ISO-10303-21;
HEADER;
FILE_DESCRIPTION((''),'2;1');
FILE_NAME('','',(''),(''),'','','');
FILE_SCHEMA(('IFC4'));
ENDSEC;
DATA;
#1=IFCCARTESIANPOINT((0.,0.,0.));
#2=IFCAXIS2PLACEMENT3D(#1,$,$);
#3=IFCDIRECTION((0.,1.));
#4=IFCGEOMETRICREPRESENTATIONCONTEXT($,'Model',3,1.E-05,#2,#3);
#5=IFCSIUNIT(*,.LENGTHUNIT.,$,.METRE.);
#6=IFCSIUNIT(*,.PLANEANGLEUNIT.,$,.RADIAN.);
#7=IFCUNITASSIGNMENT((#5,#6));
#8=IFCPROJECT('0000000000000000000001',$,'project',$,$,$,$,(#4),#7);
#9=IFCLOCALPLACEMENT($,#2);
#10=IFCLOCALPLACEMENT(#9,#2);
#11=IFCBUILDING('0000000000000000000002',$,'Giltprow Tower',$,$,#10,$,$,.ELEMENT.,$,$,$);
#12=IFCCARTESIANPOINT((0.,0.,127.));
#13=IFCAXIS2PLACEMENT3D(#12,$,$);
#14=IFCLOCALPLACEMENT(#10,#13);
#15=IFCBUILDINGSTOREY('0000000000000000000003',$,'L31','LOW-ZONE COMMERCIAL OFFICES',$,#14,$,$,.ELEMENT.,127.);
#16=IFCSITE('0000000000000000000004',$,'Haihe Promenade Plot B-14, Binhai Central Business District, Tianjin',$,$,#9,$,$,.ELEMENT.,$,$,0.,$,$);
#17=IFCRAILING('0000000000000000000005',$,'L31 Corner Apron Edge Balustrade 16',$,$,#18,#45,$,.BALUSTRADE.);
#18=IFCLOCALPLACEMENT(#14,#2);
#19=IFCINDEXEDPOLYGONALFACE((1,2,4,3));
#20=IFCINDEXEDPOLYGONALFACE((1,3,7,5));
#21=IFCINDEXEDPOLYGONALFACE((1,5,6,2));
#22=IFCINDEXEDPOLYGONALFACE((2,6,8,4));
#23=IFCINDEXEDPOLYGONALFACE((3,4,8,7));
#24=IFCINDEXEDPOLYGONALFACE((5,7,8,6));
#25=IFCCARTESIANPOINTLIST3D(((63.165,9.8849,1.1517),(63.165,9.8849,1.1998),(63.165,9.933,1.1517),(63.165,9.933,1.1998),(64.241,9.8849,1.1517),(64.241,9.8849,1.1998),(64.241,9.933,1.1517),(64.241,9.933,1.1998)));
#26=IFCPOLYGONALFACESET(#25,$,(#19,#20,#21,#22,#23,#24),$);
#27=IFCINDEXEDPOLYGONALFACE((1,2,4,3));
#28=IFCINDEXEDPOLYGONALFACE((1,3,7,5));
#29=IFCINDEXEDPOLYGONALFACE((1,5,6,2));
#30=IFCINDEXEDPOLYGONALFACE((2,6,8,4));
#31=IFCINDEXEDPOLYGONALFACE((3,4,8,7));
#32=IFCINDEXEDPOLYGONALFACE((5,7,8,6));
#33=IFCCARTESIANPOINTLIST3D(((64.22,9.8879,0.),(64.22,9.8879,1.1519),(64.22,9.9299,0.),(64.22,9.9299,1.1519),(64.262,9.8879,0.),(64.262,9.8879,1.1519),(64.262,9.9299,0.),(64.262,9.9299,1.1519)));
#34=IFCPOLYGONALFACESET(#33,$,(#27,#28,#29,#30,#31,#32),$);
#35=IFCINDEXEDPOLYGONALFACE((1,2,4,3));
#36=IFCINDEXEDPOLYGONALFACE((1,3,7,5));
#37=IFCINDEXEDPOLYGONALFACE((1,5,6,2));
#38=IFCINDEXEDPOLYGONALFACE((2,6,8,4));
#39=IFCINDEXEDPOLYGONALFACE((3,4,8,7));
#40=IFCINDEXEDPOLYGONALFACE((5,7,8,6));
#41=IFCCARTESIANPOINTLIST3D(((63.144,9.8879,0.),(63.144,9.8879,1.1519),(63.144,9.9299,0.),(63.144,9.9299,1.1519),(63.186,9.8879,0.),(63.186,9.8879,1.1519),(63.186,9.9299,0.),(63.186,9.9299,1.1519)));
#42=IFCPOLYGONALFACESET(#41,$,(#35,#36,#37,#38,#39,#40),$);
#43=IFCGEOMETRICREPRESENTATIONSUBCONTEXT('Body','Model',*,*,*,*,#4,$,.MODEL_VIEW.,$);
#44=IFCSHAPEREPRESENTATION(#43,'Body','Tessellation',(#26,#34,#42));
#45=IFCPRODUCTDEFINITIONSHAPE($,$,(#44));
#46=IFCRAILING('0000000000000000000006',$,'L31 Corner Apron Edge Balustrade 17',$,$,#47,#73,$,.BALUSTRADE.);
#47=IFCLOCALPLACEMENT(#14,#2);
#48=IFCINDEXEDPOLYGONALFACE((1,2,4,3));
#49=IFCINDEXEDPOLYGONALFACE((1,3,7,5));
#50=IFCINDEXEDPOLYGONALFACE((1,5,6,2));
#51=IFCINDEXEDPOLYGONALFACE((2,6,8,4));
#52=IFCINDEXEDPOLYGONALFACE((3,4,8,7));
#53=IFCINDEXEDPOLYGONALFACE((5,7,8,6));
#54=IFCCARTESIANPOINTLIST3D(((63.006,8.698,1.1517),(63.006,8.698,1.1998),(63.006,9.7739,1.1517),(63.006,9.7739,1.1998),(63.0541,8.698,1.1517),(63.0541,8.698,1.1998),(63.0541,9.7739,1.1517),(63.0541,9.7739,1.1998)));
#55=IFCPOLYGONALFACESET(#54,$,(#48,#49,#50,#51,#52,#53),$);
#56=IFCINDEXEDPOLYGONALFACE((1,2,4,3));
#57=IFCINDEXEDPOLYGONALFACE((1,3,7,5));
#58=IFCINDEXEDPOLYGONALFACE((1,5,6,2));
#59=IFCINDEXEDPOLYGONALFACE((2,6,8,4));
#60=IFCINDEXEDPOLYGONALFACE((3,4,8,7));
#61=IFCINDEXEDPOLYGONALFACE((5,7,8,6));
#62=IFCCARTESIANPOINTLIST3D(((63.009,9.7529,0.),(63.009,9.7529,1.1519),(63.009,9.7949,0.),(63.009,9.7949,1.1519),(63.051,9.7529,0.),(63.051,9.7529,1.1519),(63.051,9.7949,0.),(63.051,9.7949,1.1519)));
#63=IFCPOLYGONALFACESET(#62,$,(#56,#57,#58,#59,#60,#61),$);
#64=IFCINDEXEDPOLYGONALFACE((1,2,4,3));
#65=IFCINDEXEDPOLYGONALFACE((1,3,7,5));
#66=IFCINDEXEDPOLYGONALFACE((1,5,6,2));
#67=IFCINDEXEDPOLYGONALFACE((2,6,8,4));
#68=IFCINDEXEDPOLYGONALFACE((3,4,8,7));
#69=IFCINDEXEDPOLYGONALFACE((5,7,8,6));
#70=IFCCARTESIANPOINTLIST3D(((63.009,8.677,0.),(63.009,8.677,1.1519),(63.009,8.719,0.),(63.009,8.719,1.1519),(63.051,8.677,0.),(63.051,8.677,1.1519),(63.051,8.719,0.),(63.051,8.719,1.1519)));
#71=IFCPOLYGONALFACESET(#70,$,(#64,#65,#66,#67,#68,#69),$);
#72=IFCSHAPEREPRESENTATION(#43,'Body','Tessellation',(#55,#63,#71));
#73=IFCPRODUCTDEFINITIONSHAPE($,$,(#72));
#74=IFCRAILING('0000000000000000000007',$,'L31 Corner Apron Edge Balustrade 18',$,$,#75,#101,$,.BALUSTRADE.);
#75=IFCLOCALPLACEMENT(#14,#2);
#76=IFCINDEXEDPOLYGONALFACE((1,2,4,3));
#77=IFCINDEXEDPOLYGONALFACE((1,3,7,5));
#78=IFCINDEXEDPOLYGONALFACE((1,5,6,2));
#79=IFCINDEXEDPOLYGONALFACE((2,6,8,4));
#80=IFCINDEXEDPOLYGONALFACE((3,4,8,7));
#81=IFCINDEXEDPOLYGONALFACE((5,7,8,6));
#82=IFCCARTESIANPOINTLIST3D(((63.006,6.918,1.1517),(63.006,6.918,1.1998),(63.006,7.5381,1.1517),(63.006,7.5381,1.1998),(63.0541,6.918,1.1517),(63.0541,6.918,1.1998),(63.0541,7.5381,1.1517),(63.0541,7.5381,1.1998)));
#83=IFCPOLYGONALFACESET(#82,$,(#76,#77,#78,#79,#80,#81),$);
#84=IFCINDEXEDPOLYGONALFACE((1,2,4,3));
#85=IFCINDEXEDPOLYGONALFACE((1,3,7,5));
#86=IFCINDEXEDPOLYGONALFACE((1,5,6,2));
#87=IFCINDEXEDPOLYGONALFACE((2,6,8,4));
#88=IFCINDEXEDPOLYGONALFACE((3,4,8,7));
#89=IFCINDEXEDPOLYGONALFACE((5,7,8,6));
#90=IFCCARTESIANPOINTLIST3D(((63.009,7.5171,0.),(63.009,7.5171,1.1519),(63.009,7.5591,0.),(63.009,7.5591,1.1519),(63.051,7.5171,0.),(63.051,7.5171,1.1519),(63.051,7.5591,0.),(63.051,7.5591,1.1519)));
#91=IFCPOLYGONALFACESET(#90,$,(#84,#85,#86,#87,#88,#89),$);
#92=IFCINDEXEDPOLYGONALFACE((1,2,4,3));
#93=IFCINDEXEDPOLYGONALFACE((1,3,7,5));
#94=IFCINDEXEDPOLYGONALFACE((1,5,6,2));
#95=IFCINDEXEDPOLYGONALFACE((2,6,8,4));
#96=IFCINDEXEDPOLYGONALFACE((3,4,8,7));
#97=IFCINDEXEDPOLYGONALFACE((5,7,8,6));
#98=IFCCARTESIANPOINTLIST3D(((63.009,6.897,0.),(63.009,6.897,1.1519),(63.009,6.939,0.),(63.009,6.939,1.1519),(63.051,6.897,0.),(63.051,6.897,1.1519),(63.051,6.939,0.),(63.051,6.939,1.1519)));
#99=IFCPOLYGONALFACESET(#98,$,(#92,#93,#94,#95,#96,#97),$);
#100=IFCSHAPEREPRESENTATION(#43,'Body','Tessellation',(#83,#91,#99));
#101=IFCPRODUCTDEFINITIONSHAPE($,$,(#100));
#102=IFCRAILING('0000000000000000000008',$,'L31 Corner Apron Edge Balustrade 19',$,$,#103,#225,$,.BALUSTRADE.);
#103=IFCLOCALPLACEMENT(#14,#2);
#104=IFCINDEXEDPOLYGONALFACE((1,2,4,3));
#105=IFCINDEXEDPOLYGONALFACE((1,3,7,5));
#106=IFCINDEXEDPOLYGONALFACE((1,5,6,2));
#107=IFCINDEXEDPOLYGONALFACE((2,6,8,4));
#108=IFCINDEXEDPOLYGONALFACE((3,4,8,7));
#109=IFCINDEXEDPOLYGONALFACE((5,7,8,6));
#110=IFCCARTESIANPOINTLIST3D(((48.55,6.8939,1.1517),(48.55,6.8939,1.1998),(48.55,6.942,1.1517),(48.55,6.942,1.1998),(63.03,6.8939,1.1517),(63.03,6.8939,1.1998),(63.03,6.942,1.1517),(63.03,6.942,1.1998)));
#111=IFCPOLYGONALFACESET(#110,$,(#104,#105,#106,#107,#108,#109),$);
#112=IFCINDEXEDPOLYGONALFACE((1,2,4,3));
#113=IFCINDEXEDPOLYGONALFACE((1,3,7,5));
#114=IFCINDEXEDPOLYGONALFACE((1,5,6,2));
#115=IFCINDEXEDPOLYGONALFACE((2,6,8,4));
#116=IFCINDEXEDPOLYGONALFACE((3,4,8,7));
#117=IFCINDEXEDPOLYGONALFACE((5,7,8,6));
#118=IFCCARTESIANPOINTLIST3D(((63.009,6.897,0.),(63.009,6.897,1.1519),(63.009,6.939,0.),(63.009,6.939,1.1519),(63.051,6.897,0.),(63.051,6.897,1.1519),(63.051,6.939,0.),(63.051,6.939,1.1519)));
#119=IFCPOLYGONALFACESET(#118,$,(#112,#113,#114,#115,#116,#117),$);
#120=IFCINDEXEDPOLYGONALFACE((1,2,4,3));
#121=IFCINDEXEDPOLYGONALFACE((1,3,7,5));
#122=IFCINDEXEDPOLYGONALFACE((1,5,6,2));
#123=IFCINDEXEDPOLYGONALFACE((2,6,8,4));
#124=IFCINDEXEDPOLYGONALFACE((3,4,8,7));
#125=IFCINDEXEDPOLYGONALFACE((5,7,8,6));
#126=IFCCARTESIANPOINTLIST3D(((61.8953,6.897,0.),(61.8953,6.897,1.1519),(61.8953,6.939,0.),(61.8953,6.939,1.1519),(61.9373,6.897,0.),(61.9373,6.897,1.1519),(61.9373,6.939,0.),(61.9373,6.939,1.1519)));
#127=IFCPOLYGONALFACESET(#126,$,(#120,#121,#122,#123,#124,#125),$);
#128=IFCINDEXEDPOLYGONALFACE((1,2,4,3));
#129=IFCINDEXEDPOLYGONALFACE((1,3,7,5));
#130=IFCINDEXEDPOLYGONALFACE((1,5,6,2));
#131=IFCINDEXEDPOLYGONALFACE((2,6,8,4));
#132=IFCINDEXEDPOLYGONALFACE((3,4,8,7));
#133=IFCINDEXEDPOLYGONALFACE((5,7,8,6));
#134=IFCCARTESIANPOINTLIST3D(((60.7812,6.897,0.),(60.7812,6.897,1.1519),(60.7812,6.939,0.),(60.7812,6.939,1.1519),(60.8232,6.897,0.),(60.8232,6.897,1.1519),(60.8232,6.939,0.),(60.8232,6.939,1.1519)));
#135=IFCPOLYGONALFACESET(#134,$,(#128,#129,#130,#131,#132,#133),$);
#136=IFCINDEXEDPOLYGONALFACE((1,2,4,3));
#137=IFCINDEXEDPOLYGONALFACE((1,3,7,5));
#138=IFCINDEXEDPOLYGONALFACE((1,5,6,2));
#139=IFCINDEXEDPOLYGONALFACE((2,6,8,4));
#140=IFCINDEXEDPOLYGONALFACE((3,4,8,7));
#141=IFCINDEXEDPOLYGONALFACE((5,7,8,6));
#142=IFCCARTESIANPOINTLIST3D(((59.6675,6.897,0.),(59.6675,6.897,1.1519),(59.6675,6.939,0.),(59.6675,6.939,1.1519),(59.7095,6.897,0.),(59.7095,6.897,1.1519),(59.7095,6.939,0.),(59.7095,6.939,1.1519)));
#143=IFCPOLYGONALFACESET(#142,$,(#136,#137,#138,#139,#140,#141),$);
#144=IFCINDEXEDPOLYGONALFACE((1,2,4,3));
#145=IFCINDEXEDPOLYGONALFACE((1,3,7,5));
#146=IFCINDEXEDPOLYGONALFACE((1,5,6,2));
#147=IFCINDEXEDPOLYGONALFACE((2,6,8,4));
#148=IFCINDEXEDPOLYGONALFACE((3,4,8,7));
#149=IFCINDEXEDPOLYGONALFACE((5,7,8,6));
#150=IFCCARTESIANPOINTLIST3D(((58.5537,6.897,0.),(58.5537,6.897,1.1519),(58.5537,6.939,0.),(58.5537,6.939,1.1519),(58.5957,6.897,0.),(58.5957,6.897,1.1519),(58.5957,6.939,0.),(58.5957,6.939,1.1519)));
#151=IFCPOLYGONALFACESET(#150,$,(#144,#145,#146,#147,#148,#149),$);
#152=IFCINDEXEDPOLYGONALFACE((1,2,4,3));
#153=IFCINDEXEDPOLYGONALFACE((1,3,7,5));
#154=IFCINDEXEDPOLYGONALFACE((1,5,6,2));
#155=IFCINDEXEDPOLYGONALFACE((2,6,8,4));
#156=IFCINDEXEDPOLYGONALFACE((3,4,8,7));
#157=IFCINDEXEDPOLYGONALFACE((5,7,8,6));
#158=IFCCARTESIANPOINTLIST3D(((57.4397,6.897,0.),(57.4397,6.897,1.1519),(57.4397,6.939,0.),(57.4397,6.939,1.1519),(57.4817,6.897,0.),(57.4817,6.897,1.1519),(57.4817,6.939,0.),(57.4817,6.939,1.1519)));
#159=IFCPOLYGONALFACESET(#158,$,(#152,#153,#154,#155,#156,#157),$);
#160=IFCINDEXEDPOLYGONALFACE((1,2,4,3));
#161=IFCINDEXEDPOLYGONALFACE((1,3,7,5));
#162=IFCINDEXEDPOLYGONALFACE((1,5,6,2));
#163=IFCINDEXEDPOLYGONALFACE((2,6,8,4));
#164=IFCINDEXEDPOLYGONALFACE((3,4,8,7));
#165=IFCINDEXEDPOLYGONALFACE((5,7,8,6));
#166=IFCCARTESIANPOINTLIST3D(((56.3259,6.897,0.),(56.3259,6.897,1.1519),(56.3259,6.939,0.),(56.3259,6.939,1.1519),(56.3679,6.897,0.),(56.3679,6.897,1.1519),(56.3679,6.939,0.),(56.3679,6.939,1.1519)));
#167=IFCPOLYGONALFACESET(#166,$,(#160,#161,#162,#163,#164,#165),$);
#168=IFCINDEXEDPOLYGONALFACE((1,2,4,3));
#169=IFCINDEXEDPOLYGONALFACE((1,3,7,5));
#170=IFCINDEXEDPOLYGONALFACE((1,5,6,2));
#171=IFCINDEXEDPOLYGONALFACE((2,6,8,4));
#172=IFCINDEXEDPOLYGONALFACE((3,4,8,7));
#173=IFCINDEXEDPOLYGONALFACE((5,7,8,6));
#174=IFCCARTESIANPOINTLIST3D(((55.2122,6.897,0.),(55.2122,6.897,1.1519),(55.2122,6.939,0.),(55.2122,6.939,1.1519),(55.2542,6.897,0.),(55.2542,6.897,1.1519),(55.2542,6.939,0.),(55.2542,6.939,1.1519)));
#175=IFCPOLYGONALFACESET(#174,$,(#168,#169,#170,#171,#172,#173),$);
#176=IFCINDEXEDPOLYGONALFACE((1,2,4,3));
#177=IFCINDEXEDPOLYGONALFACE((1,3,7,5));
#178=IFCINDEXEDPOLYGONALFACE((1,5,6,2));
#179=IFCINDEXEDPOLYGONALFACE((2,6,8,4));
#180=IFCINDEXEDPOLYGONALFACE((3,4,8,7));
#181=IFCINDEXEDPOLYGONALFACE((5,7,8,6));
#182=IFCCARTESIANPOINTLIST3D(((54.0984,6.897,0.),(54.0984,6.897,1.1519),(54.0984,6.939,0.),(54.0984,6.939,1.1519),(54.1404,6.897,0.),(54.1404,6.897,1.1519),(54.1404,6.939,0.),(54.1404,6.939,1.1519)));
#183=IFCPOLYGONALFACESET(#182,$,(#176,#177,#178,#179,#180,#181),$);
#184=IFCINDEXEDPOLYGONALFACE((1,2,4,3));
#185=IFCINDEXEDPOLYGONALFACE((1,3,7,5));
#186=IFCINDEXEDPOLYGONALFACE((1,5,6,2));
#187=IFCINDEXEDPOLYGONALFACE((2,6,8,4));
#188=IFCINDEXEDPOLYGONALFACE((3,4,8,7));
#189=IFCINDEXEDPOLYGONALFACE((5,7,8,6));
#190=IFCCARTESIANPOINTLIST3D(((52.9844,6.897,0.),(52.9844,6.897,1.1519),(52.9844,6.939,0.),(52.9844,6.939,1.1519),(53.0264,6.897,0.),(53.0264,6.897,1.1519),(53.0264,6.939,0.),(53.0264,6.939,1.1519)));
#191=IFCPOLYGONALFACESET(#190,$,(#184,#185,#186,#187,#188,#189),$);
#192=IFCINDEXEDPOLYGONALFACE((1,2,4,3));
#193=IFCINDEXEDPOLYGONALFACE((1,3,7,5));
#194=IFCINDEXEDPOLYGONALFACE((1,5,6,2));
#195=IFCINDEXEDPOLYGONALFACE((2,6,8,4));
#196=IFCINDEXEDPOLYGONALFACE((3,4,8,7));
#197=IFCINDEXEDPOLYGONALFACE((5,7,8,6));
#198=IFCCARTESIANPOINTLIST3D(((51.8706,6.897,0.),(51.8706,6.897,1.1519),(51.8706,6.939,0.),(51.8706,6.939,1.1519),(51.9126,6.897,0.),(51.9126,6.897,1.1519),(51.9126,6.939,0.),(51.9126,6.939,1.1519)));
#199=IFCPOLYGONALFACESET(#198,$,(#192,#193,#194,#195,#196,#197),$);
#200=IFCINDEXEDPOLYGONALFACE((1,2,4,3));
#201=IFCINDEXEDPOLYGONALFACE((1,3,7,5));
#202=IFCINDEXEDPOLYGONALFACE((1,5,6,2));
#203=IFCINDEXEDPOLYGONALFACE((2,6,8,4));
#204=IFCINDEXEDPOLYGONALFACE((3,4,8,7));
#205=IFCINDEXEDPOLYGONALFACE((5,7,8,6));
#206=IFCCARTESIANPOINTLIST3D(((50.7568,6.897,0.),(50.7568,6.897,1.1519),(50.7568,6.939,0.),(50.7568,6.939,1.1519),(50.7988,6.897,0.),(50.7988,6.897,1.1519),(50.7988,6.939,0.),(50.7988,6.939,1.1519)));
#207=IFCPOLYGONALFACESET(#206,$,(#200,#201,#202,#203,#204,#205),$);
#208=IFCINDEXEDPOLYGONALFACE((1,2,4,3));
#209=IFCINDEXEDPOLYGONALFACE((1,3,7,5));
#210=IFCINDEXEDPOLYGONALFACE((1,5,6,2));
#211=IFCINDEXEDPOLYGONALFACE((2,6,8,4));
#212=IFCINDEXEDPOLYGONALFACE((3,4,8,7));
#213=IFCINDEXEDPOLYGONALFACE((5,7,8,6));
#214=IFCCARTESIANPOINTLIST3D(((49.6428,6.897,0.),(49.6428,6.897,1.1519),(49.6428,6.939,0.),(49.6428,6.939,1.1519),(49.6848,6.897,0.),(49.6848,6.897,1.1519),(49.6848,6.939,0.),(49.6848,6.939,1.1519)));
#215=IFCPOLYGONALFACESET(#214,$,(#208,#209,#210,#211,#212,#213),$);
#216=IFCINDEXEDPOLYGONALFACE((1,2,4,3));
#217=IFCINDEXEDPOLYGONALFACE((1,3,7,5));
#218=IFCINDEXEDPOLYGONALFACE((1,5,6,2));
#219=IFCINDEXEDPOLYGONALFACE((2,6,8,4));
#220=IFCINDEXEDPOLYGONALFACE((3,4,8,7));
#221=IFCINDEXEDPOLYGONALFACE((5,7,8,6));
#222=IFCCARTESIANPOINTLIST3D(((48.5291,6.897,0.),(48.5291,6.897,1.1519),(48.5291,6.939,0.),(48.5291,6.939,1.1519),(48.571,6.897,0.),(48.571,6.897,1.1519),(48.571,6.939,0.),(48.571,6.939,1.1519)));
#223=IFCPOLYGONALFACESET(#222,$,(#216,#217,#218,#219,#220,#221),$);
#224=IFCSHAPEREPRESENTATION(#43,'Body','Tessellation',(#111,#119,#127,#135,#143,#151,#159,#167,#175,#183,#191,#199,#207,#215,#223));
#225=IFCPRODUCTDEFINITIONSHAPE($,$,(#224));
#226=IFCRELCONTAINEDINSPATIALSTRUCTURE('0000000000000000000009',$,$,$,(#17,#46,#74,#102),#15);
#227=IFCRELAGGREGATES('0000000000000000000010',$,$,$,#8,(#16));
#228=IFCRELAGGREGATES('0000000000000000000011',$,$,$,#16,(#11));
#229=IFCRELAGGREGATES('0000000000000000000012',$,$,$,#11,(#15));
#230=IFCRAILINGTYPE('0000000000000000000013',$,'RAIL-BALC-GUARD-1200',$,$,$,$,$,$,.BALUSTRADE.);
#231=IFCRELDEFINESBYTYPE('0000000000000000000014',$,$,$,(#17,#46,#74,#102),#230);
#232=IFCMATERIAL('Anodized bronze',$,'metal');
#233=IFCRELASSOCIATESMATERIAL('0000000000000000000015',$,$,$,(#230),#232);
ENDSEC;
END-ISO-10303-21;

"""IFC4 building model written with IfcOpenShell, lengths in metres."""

from ifc_helpers import new_model, si_unit, direction, frame, origin, origin_2d, place, context, subcontext, project, spatial, rectangle, extrude, material, type_object, element, save


model = new_model("IFC4")

# Units and contexts
model_context = context("Model", 3, precision=1e-05, world=origin(), true_north=direction((0.0, 1.0)))
body_context = subcontext(model_context, "Body", "Model", "MODEL_VIEW")
ifc_project = project(units=[si_unit("LENGTHUNIT", "METRE"), si_unit("PLANEANGLEUNIT", "RADIAN")], contexts=[model_context])

# Site, building, storey
site_placement = place(None, origin())
site = spatial("IfcSite", under=ifc_project, at=site_placement, Name="Haihe Promenade Plot B-14, Binhai Central Business District, Tianjin", CompositionType="ELEMENT", RefElevation=0.0)
building_placement = place(site_placement, origin())
building = spatial("IfcBuilding", under=site, at=building_placement, Name="Giltprow Tower", CompositionType="ELEMENT")
storey_placement = place(building_placement, frame((0.0, 0.0, 127.0)))
storey = spatial("IfcBuildingStorey", under=building, at=storey_placement, Name="L31", Description="LOW-ZONE COMMERCIAL OFFICES", CompositionType="ELEMENT", Elevation=127.0)

# Shared definitions
ifc_material_1 = material(Name="Anodized bronze", Category="metal")

# Railings
railing_type = type_object("IfcRailingType", Name="RAIL-BALC-GUARD-1200", PredefinedType="BALUSTRADE", material=ifc_material_1)
railing_1_placement = place(storey_placement, frame((64.241, 9.9089, 0.0)))
element("IfcRailing", 1, at=railing_1_placement, inside=storey, type_object=railing_type, Name="L31 Corner Apron Edge Balustrade 16", PredefinedType="BALUSTRADE", context=body_context, shape_type="SweptSolid", body=[
    extrude(rectangle(XDim=0.0481, YDim=0.0481, at=origin_2d()), frame((0.0, 0.0, 1.1758), z_axis=(-1.0, 0.0, 0.0), x_axis=(0.0, -1.0, 0.0)), (0.0, 0.0, 1.0), 1.0759),
    extrude(rectangle(XDim=0.042, YDim=0.042, at=origin_2d()), origin(), (0.0, 0.0, 1.0), 1.1519),
    extrude(rectangle(XDim=0.042, YDim=0.042, at=origin_2d()), frame((-1.0759, 0.0, 0.0)), (0.0, 0.0, 1.0), 1.1519),
])
railing_2_placement = place(storey_placement, frame((63.03, 9.7739, 0.0)))
element("IfcRailing", 2, at=railing_2_placement, inside=storey, type_object=railing_type, Name="L31 Corner Apron Edge Balustrade 17", PredefinedType="BALUSTRADE", context=body_context, shape_type="SweptSolid", body=[
    extrude(rectangle(XDim=0.0481, YDim=0.0481, at=origin_2d()), frame((0.0, 0.0, 1.1758), z_axis=(0.0, -1.0, 0.0), x_axis=(1.0, 0.0, 0.0)), (0.0, 0.0, 1.0), 1.0759),
    extrude(rectangle(XDim=0.042, YDim=0.042, at=origin_2d()), origin(), (0.0, 0.0, 1.0), 1.1519),
    extrude(rectangle(XDim=0.042, YDim=0.042, at=origin_2d()), frame((0.0, -1.0759, 0.0)), (0.0, 0.0, 1.0), 1.1519),
])
railing_3_placement = place(storey_placement, frame((63.03, 7.5381, 0.0)))
element("IfcRailing", 3, at=railing_3_placement, inside=storey, type_object=railing_type, Name="L31 Corner Apron Edge Balustrade 18", PredefinedType="BALUSTRADE", context=body_context, shape_type="SweptSolid", body=[
    extrude(rectangle(XDim=0.0481, YDim=0.0481, at=origin_2d()), frame((0.0, 0.0, 1.1758), z_axis=(0.0, -1.0, 0.0), x_axis=(1.0, 0.0, 0.0)), (0.0, 0.0, 1.0), 0.6201),
    extrude(rectangle(XDim=0.042, YDim=0.042, at=origin_2d()), origin(), (0.0, 0.0, 1.0), 1.1519),
    extrude(rectangle(XDim=0.042, YDim=0.042, at=origin_2d()), frame((0.0, -0.6201, 0.0)), (0.0, 0.0, 1.0), 1.1519),
])
railing_4_placement = place(storey_placement, frame((63.03, 6.918, 0.0)))
element("IfcRailing", 4, at=railing_4_placement, inside=storey, type_object=railing_type, Name="L31 Corner Apron Edge Balustrade 19", PredefinedType="BALUSTRADE", context=body_context, shape_type="SweptSolid", body=[
    extrude(rectangle(XDim=0.0481, YDim=0.0481, at=origin_2d()), frame((0.0, 0.0, 1.1758), z_axis=(-1.0, 0.0, 0.0), x_axis=(0.0, -1.0, 0.0)), (0.0, 0.0, 1.0), 14.48),
    extrude(rectangle(XDim=0.042, YDim=0.042, at=origin_2d()), origin(), (0.0, 0.0, 1.0), 1.1519),
    extrude(rectangle(XDim=0.042, YDim=0.042, at=origin_2d()), frame((-1.1138, 0.0, 0.0)), (0.0, 0.0, 1.0), 1.1519),
    extrude(rectangle(XDim=0.042, YDim=0.042, at=origin_2d()), frame((-2.2278, 0.0, 0.0)), (0.0, 0.0, 1.0), 1.1519),
    extrude(rectangle(XDim=0.042, YDim=0.042, at=origin_2d()), frame((-3.3416, 0.0, 0.0)), (0.0, 0.0, 1.0), 1.1519),
    extrude(rectangle(XDim=0.042, YDim=0.042, at=origin_2d()), frame((-4.4553, 0.0, 0.0)), (0.0, 0.0, 1.0), 1.1519),
    extrude(rectangle(XDim=0.042, YDim=0.042, at=origin_2d()), frame((-5.5693, 0.0, 0.0)), (0.0, 0.0, 1.0), 1.1519),
    extrude(rectangle(XDim=0.042, YDim=0.042, at=origin_2d()), frame((-6.6831, 0.0, 0.0)), (0.0, 0.0, 1.0), 1.1519),
    extrude(rectangle(XDim=0.042, YDim=0.042, at=origin_2d()), frame((-7.7969, 0.0, 0.0)), (0.0, 0.0, 1.0), 1.1519),
    extrude(rectangle(XDim=0.042, YDim=0.042, at=origin_2d()), frame((-8.9106, 0.0, 0.0)), (0.0, 0.0, 1.0), 1.1519),
    extrude(rectangle(XDim=0.042, YDim=0.042, at=origin_2d()), frame((-10.0247, 0.0, 0.0)), (0.0, 0.0, 1.0), 1.1519),
    extrude(rectangle(XDim=0.042, YDim=0.042, at=origin_2d()), frame((-11.1384, 0.0, 0.0)), (0.0, 0.0, 1.0), 1.1519),
    extrude(rectangle(XDim=0.042, YDim=0.042, at=origin_2d()), frame((-12.2522, 0.0, 0.0)), (0.0, 0.0, 1.0), 1.1519),
    extrude(rectangle(XDim=0.042, YDim=0.042, at=origin_2d()), frame((-13.3662, 0.0, 0.0)), (0.0, 0.0, 1.0), 1.1519),
    extrude(rectangle(XDim=0.042, YDim=0.042, at=origin_2d()), frame((-14.48, 0.0, 0.0)), (0.0, 0.0, 1.0), 1.1519),
])

save(model, "model.ifc")
